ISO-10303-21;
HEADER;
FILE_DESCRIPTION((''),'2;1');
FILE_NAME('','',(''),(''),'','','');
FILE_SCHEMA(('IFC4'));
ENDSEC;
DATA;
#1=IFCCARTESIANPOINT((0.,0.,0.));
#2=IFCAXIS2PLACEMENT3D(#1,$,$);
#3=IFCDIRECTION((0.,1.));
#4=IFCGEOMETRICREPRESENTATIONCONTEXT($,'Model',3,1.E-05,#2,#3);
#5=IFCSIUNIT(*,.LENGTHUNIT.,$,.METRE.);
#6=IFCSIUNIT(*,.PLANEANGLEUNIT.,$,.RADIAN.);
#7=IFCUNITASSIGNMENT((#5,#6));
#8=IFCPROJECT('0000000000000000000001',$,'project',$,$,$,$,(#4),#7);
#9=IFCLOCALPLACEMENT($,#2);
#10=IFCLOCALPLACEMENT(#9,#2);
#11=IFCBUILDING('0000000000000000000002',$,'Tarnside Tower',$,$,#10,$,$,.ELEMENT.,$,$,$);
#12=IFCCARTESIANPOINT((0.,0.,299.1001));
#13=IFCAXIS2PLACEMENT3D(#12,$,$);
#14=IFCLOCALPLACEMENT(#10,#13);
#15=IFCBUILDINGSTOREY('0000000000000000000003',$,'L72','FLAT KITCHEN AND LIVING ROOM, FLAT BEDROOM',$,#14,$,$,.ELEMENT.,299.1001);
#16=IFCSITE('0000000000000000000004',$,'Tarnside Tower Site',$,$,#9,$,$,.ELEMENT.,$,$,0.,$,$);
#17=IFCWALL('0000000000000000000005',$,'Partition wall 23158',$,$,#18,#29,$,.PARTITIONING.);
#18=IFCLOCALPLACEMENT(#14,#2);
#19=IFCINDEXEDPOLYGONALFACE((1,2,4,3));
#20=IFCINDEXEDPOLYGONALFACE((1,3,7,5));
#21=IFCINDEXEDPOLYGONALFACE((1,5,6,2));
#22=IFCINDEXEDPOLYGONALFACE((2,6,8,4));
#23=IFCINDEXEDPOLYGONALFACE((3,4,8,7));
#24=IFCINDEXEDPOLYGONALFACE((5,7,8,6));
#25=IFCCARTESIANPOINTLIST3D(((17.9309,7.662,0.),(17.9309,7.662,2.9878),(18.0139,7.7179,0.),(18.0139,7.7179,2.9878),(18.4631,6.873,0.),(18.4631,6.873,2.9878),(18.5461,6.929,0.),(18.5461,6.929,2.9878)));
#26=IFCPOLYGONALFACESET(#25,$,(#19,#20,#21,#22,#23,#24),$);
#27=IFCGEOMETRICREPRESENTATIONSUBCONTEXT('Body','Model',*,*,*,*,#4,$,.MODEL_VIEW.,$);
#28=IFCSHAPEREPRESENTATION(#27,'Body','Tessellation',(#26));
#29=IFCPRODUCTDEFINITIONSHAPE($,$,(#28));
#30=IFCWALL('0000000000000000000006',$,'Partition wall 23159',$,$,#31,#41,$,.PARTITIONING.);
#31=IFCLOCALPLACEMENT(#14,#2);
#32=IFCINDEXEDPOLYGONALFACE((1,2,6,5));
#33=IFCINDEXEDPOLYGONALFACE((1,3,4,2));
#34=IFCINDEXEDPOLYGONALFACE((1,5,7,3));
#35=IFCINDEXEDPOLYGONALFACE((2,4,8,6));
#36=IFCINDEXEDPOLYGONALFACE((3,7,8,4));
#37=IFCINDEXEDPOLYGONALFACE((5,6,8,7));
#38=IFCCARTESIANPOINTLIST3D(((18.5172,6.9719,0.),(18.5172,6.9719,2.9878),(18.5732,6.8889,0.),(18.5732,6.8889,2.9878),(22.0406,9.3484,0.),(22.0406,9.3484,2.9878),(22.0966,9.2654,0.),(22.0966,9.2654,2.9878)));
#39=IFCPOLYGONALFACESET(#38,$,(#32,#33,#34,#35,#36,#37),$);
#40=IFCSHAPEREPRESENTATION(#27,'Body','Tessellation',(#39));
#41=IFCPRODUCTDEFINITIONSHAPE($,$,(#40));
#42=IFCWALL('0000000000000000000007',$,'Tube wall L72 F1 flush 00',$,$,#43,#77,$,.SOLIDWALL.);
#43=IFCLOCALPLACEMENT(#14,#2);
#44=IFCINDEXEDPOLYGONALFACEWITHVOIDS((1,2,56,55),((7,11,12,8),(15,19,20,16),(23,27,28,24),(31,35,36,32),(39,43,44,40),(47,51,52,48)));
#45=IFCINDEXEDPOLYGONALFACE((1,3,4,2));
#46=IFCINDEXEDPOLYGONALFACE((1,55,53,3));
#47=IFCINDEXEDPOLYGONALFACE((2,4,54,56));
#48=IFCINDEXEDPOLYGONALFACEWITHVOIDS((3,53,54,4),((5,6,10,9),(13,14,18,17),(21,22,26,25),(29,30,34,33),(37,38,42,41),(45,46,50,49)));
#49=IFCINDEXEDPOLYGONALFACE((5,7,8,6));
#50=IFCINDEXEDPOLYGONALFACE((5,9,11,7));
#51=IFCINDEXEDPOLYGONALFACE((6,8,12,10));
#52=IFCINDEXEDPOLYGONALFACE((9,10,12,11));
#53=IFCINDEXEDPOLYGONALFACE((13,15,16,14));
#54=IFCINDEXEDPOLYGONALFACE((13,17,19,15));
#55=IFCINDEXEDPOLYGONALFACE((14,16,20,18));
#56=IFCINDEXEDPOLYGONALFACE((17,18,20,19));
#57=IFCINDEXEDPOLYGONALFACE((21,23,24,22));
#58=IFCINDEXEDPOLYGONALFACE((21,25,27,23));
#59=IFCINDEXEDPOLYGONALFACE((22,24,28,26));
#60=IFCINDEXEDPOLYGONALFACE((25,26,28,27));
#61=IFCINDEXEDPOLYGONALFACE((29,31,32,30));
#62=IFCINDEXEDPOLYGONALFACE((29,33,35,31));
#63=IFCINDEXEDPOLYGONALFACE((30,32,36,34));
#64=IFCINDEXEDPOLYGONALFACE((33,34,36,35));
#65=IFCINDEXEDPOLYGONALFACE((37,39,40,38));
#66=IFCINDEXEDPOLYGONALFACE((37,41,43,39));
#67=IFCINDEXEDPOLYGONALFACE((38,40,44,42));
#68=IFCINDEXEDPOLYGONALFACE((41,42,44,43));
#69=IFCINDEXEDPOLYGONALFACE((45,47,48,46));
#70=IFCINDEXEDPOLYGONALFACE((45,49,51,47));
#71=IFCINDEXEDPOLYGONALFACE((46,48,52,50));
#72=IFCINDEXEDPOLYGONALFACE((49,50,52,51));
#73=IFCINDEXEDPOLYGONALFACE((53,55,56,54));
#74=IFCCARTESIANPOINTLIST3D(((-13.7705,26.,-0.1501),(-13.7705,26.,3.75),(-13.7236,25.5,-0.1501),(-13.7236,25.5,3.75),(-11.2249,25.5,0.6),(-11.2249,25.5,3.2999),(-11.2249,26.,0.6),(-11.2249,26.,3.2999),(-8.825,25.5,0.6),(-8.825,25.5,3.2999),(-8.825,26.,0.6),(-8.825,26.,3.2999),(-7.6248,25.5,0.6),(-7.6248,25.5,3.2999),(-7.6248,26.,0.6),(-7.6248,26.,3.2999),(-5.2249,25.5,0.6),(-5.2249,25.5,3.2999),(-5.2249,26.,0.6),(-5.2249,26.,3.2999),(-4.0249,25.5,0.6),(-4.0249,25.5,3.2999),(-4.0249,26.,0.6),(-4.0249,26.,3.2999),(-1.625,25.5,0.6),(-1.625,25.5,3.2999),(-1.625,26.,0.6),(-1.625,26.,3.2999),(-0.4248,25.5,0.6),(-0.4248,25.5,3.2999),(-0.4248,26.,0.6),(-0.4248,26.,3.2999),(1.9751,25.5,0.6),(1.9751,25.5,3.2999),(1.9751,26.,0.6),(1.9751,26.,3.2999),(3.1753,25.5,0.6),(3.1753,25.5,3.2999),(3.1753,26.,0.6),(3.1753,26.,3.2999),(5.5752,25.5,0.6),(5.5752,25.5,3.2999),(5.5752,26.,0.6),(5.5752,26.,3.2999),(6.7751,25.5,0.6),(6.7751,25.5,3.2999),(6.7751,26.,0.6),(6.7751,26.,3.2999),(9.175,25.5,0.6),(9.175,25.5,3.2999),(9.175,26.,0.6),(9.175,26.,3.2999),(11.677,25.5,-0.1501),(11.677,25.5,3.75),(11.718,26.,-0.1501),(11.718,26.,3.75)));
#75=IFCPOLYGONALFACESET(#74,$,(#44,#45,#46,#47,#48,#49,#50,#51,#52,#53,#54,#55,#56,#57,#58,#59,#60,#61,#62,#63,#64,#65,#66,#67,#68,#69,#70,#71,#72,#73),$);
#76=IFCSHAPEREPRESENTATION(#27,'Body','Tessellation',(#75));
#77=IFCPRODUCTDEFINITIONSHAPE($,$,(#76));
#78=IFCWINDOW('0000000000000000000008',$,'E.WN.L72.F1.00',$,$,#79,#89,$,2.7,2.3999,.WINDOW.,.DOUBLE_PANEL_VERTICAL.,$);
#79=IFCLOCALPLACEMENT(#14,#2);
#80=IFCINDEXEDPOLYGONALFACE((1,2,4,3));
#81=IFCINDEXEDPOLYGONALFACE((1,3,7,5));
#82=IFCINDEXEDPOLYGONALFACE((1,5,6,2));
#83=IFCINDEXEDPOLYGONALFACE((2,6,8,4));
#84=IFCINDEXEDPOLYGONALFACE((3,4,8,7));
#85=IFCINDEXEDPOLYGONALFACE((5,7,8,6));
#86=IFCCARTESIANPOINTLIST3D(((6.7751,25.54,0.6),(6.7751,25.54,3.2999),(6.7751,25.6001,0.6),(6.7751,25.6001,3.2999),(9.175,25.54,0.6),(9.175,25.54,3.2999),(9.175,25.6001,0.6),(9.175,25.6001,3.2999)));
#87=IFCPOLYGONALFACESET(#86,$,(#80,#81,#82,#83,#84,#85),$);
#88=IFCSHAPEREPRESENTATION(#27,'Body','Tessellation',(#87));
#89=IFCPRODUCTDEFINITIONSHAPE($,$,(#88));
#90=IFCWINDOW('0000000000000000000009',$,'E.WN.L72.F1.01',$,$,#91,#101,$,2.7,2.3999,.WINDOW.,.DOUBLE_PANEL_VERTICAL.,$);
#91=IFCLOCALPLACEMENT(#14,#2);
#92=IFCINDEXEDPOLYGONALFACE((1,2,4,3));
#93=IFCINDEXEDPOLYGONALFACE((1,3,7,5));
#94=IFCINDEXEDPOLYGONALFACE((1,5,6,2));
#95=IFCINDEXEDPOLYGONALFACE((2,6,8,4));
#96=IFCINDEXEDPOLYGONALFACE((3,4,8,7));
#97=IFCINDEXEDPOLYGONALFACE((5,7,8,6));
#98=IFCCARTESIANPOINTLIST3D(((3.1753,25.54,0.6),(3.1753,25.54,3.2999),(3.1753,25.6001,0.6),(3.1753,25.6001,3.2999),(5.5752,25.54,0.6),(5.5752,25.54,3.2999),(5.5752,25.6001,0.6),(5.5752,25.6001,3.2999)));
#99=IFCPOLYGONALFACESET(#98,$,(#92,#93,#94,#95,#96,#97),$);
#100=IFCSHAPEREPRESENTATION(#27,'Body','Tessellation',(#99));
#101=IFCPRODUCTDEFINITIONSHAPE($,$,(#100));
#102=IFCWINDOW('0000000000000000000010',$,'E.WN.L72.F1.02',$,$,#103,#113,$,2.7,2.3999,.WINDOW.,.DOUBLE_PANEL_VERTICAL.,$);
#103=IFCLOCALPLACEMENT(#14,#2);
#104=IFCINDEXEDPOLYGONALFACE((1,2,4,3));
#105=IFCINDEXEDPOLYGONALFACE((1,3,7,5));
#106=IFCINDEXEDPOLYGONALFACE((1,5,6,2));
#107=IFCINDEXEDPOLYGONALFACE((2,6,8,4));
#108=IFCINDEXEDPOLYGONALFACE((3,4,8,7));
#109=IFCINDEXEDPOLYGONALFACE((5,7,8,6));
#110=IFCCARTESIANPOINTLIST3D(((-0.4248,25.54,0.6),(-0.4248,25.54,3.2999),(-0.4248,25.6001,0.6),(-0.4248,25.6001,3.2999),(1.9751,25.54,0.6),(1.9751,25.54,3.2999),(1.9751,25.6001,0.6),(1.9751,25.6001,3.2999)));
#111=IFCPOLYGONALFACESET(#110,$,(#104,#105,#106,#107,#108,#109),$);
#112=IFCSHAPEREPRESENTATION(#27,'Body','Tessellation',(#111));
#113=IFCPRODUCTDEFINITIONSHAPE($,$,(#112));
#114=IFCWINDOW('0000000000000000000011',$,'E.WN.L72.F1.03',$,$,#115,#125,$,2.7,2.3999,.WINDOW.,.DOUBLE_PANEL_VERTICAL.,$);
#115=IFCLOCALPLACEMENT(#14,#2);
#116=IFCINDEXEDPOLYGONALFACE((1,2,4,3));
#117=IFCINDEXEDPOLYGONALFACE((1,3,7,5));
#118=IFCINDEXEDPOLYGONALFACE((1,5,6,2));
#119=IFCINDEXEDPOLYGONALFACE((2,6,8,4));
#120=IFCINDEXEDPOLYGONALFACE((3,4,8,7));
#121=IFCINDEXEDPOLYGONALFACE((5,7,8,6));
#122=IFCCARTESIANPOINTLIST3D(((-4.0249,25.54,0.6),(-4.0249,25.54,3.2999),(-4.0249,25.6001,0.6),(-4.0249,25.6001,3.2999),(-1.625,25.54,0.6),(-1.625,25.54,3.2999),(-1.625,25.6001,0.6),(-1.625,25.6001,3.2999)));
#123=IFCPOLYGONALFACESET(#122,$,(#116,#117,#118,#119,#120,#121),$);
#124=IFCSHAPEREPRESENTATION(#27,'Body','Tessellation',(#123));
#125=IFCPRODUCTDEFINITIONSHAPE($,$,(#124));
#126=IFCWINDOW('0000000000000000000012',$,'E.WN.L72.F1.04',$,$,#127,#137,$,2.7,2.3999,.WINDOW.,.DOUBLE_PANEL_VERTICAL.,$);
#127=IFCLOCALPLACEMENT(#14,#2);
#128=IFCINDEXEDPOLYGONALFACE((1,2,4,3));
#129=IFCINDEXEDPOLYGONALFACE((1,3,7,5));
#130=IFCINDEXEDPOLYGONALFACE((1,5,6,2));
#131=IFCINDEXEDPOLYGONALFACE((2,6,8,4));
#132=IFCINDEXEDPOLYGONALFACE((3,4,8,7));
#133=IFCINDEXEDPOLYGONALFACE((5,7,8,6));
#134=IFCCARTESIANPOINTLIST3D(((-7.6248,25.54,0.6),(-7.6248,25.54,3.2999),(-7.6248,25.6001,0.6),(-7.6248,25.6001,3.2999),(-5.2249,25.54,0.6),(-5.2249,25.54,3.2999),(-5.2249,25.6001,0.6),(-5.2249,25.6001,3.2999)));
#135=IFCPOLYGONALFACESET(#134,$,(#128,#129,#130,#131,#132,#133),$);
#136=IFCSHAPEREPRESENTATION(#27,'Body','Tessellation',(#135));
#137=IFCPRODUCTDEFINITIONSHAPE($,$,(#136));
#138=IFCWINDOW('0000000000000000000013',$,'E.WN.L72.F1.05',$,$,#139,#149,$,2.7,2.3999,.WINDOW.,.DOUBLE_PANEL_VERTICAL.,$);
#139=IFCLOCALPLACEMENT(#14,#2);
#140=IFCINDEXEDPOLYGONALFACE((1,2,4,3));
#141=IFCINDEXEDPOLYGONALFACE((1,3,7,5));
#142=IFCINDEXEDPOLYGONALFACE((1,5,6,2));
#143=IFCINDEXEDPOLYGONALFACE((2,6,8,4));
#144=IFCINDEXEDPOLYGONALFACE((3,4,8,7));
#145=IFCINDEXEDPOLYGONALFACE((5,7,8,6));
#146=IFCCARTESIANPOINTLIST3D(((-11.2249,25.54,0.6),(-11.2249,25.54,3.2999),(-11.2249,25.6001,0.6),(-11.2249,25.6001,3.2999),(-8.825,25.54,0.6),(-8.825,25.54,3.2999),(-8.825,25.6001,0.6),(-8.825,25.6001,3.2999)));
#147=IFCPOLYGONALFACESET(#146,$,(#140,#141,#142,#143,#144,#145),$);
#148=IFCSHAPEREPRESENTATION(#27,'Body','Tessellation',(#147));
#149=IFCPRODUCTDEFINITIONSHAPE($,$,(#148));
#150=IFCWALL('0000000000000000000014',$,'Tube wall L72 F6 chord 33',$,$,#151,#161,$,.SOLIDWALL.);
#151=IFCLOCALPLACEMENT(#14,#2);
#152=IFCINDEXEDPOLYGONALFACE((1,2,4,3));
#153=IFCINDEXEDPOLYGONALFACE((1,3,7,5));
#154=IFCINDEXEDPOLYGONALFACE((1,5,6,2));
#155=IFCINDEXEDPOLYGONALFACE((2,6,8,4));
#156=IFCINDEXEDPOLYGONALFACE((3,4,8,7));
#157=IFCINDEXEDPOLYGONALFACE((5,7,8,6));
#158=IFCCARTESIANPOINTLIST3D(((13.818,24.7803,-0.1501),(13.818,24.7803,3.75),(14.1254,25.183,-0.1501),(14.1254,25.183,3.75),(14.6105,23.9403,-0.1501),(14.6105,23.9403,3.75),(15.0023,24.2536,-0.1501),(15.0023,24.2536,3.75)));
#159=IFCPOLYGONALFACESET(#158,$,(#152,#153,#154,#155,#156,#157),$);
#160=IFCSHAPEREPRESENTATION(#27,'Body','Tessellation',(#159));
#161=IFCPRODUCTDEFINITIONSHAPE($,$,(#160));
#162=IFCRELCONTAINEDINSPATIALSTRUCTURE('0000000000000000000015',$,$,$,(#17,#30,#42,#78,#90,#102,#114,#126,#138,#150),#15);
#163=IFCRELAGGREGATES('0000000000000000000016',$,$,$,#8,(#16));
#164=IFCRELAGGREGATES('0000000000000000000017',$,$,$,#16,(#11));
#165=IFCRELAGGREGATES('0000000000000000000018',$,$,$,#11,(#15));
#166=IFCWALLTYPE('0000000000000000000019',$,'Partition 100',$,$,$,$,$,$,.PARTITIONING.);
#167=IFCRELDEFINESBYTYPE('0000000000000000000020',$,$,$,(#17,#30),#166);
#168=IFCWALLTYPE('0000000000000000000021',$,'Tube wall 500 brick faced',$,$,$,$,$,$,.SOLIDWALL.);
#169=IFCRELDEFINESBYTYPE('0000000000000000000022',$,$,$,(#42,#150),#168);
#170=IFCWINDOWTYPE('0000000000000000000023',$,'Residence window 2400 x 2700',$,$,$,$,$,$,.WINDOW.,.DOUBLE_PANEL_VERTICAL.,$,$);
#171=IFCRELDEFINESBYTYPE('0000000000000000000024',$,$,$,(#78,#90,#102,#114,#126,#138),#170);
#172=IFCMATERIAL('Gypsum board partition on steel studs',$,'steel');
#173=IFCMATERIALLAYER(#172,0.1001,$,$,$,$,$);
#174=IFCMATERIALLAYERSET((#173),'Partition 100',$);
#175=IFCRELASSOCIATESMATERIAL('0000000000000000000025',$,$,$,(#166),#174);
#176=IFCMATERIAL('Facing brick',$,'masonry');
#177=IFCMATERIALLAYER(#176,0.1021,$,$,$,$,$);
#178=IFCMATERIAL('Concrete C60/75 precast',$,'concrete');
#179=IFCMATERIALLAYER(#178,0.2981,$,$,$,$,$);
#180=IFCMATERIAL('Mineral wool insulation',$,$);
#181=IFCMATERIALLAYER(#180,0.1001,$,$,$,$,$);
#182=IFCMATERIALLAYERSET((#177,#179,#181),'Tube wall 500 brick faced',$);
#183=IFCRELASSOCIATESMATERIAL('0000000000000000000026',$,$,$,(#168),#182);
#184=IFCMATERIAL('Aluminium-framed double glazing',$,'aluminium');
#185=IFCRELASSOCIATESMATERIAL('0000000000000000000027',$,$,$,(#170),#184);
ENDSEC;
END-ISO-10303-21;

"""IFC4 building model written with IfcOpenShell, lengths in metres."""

from ifc_helpers import new_model, si_unit, direction, frame, frame_2d, origin, place, context, subcontext, project, spatial, polyline, rectangle, outline, extrude, material, layer, layer_set, type_object, element, fill, save


model = new_model("IFC4")

# Units and contexts
model_context = context("Model", 3, precision=1e-05, world=origin(), true_north=direction((0.0, 1.0)))
body_context = subcontext(model_context, "Body", "Model", "MODEL_VIEW")
ifc_project = project(units=[si_unit("LENGTHUNIT", "METRE"), si_unit("PLANEANGLEUNIT", "RADIAN")], contexts=[model_context])

# Site, building, storey
site_placement = place(None, origin())
site = spatial("IfcSite", under=ifc_project, at=site_placement, Name="Tarnside Tower Site", CompositionType="ELEMENT", RefElevation=0.0)
building_placement = place(site_placement, origin())
building = spatial("IfcBuilding", under=site, at=building_placement, Name="Tarnside Tower", CompositionType="ELEMENT")
storey_placement = place(building_placement, frame((0.0, 0.0, 299.1001)))
storey = spatial("IfcBuildingStorey", under=building, at=storey_placement, Name="L72", Description="FLAT KITCHEN AND LIVING ROOM, FLAT BEDROOM", CompositionType="ELEMENT", Elevation=299.1001)

# Walls
ifc_material_1 = material(Name="Gypsum board partition on steel studs", Category="steel")
ifc_material_2 = material(Name="Concrete C60/75 precast", Category="concrete")
ifc_material_3 = material(Name="Mineral wool insulation")
ifc_layer_1 = layer(ifc_material_1, 0.1001)
ifc_layer_set_1 = layer_set([ifc_layer_1], Name="Partition 100")
wall_type_1 = type_object("IfcWallType", Name="Partition 100", PredefinedType="PARTITIONING", material=ifc_layer_set_1)
wall_1_placement = place(storey_placement, frame((17.9724, 7.6899, 0.0), z_axis=(0.0, 0.0, 1.0), x_axis=(0.559191, -0.829039, 0.0)))
element("IfcWall", 1, at=wall_1_placement, inside=storey, type_object=wall_type_1, Name="Partition wall 23158", PredefinedType="PARTITIONING", context=body_context, shape_type="SweptSolid", body=[
    extrude(rectangle(XDim=0.9517, YDim=0.1001, at=frame_2d((0.4758, 0.0))), origin(), (0.0, 0.0, 1.0), 2.9878),
])
wall_2_placement = place(storey_placement, frame((18.5452, 6.9304, 0.0), z_axis=(0.0, 0.0, 1.0), x_axis=(0.829051, 0.559173, 0.0)))
element("IfcWall", 2, at=wall_2_placement, inside=storey, type_object=wall_type_1, Name="Partition wall 23159", PredefinedType="PARTITIONING", context=body_context, shape_type="SweptSolid", body=[
    extrude(rectangle(XDim=4.25, YDim=0.1001, at=frame_2d((2.125, 0.0))), origin(), (0.0, 0.0, 1.0), 2.9878),
])

# Wall, openings, windows
ifc_material_4 = material(Name="Facing brick", Category="masonry")
ifc_layer_2 = layer(ifc_material_4, 0.1021)
ifc_layer_3 = layer(ifc_material_2, 0.2981)
ifc_layer_4 = layer(ifc_material_3, 0.1001)
ifc_layer_set_2 = layer_set([ifc_layer_2, ifc_layer_3, ifc_layer_4], Name="Tube wall 500 brick faced")
wall_type_2 = type_object("IfcWallType", Name="Tube wall 500 brick faced", PredefinedType="SOLIDWALL", material=ifc_layer_set_2)
wall_3_placement = place(storey_placement, frame((11.6975, 25.75, -0.1501), z_axis=(0.0, 0.0, 1.0), x_axis=(-1.0, 0.0, 0.0)))
wall_3 = element("IfcWall", 3, at=wall_3_placement, inside=storey, type_object=wall_type_2, Name="Tube wall L72 F1 flush 00", PredefinedType="SOLIDWALL", context=body_context, shape_type="SweptSolid", body=[
    extrude(outline(polyline([(-0.0205, -0.25), (25.468, -0.25), (25.4211, 0.25), (0.0205, 0.25), (-0.0205, -0.25)])), origin(), (0.0, 0.0, 1.0), 3.9001),
])
opening_1_placement = place(wall_3_placement, frame((2.5225, 0.0, 0.75)))
opening_1 = element("IfcOpeningElement", 4, at=opening_1_placement, cuts=wall_3, PredefinedType="OPENING", context=body_context, shape_type="SweptSolid", body=[
    extrude(rectangle(XDim=2.3999, YDim=2.7, at=frame_2d((1.2, 1.3501))), frame((0.0, 0.26, 0.0), z_axis=(0.0, -1.0, 0.0), x_axis=(1.0, 0.0, 0.0)), (0.0, 0.0, 1.0), 0.52),
])
opening_2_placement = place(wall_3_placement, frame((6.1223, 0.0, 0.75)))
opening_2 = element("IfcOpeningElement", 5, at=opening_2_placement, cuts=wall_3, PredefinedType="OPENING", context=body_context, shape_type="SweptSolid", body=[
    extrude(rectangle(XDim=2.3999, YDim=2.7, at=frame_2d((1.2, 1.3501))), frame((0.0, 0.26, 0.0), z_axis=(0.0, -1.0, 0.0), x_axis=(1.0, 0.0, 0.0)), (0.0, 0.0, 1.0), 0.52),
])
opening_3_placement = place(wall_3_placement, frame((9.7224, 0.0, 0.75)))
opening_3 = element("IfcOpeningElement", 6, at=opening_3_placement, cuts=wall_3, PredefinedType="OPENING", context=body_context, shape_type="SweptSolid", body=[
    extrude(rectangle(XDim=2.3999, YDim=2.7, at=frame_2d((1.2, 1.3501))), frame((0.0, 0.26, 0.0), z_axis=(0.0, -1.0, 0.0), x_axis=(1.0, 0.0, 0.0)), (0.0, 0.0, 1.0), 0.52),
])
opening_4_placement = place(wall_3_placement, frame((13.3225, 0.0, 0.75)))
opening_4 = element("IfcOpeningElement", 7, at=opening_4_placement, cuts=wall_3, PredefinedType="OPENING", context=body_context, shape_type="SweptSolid", body=[
    extrude(rectangle(XDim=2.3999, YDim=2.7, at=frame_2d((1.2, 1.3501))), frame((0.0, 0.26, 0.0), z_axis=(0.0, -1.0, 0.0), x_axis=(1.0, 0.0, 0.0)), (0.0, 0.0, 1.0), 0.52),
])
opening_5_placement = place(wall_3_placement, frame((16.9224, 0.0, 0.75)))
opening_5 = element("IfcOpeningElement", 8, at=opening_5_placement, cuts=wall_3, PredefinedType="OPENING", context=body_context, shape_type="SweptSolid", body=[
    extrude(rectangle(XDim=2.3999, YDim=2.7, at=frame_2d((1.2, 1.3501))), frame((0.0, 0.26, 0.0), z_axis=(0.0, -1.0, 0.0), x_axis=(1.0, 0.0, 0.0)), (0.0, 0.0, 1.0), 0.52),
])
opening_6_placement = place(wall_3_placement, frame((20.5225, 0.0, 0.75)))
opening_6 = element("IfcOpeningElement", 9, at=opening_6_placement, cuts=wall_3, PredefinedType="OPENING", context=body_context, shape_type="SweptSolid", body=[
    extrude(rectangle(XDim=2.3999, YDim=2.7, at=frame_2d((1.2, 1.3501))), frame((0.0, 0.26, 0.0), z_axis=(0.0, -1.0, 0.0), x_axis=(1.0, 0.0, 0.0)), (0.0, 0.0, 1.0), 0.52),
])
ifc_material_5 = material(Name="Aluminium-framed double glazing", Category="aluminium")
window_type = type_object("IfcWindowType", Name="Residence window 2400 x 2700", PartitioningType="DOUBLE_PANEL_VERTICAL", PredefinedType="WINDOW", material=ifc_material_5)
window_1_placement = place(opening_1_placement, frame((0.0, 0.1799, 0.0)))
window_1 = element("IfcWindow", 10, at=window_1_placement, inside=storey, type_object=window_type, Name="E.WN.L72.F1.00", OverallHeight=2.7, OverallWidth=2.3999, PartitioningType="DOUBLE_PANEL_VERTICAL", PredefinedType="WINDOW", context=body_context, shape_type="SweptSolid", body=[
    extrude(rectangle(XDim=2.3999, YDim=2.7, at=frame_2d((1.2, 1.3501))), frame((0.0, 0.03, 0.0), z_axis=(0.0, -1.0, 0.0), x_axis=(1.0, 0.0, 0.0)), (0.0, 0.0, 1.0), 0.0601),
])
fill(opening_1, window_1)
window_2_placement = place(opening_2_placement, frame((0.0, 0.1799, 0.0)))
window_2 = element("IfcWindow", 11, at=window_2_placement, inside=storey, type_object=window_type, Name="E.WN.L72.F1.01", OverallHeight=2.7, OverallWidth=2.3999, PartitioningType="DOUBLE_PANEL_VERTICAL", PredefinedType="WINDOW", context=body_context, shape_type="SweptSolid", body=[
    extrude(rectangle(XDim=2.3999, YDim=2.7, at=frame_2d((1.2, 1.3501))), frame((0.0, 0.03, 0.0), z_axis=(0.0, -1.0, 0.0), x_axis=(1.0, 0.0, 0.0)), (0.0, 0.0, 1.0), 0.0601),
])
fill(opening_2, window_2)
window_3_placement = place(opening_3_placement, frame((0.0, 0.1799, 0.0)))
window_3 = element("IfcWindow", 12, at=window_3_placement, inside=storey, type_object=window_type, Name="E.WN.L72.F1.02", OverallHeight=2.7, OverallWidth=2.3999, PartitioningType="DOUBLE_PANEL_VERTICAL", PredefinedType="WINDOW", context=body_context, shape_type="SweptSolid", body=[
    extrude(rectangle(XDim=2.3999, YDim=2.7, at=frame_2d((1.2, 1.3501))), frame((0.0, 0.03, 0.0), z_axis=(0.0, -1.0, 0.0), x_axis=(1.0, 0.0, 0.0)), (0.0, 0.0, 1.0), 0.0601),
])
fill(opening_3, window_3)
window_4_placement = place(opening_4_placement, frame((0.0, 0.1799, 0.0)))
window_4 = element("IfcWindow", 13, at=window_4_placement, inside=storey, type_object=window_type, Name="E.WN.L72.F1.03", OverallHeight=2.7, OverallWidth=2.3999, PartitioningType="DOUBLE_PANEL_VERTICAL", PredefinedType="WINDOW", context=body_context, shape_type="SweptSolid", body=[
    extrude(rectangle(XDim=2.3999, YDim=2.7, at=frame_2d((1.2, 1.3501))), frame((0.0, 0.03, 0.0), z_axis=(0.0, -1.0, 0.0), x_axis=(1.0, 0.0, 0.0)), (0.0, 0.0, 1.0), 0.0601),
])
fill(opening_4, window_4)
window_5_placement = place(opening_5_placement, frame((0.0, 0.1799, 0.0)))
window_5 = element("IfcWindow", 14, at=window_5_placement, inside=storey, type_object=window_type, Name="E.WN.L72.F1.04", OverallHeight=2.7, OverallWidth=2.3999, PartitioningType="DOUBLE_PANEL_VERTICAL", PredefinedType="WINDOW", context=body_context, shape_type="SweptSolid", body=[
    extrude(rectangle(XDim=2.3999, YDim=2.7, at=frame_2d((1.2, 1.3501))), frame((0.0, 0.03, 0.0), z_axis=(0.0, -1.0, 0.0), x_axis=(1.0, 0.0, 0.0)), (0.0, 0.0, 1.0), 0.0601),
])
fill(opening_5, window_5)
window_6_placement = place(opening_6_placement, frame((0.0, 0.1799, 0.0)))
window_6 = element("IfcWindow", 15, at=window_6_placement, inside=storey, type_object=window_type, Name="E.WN.L72.F1.05", OverallHeight=2.7, OverallWidth=2.3999, PartitioningType="DOUBLE_PANEL_VERTICAL", PredefinedType="WINDOW", context=body_context, shape_type="SweptSolid", body=[
    extrude(rectangle(XDim=2.3999, YDim=2.7, at=frame_2d((1.2, 1.3501))), frame((0.0, 0.03, 0.0), z_axis=(0.0, -1.0, 0.0), x_axis=(1.0, 0.0, 0.0)), (0.0, 0.0, 1.0), 0.0601),
])
fill(opening_6, window_6)

# Wall
wall_4_placement = place(storey_placement, frame((14.8064, 24.0969, -0.1501), z_axis=(0.0, 0.0, 1.0), x_axis=(-0.686234, 0.72738, 0.0)))
element("IfcWall", 16, at=wall_4_placement, inside=storey, type_object=wall_type_2, Name="Tube wall L72 F6 chord 33", PredefinedType="SOLIDWALL", context=body_context, shape_type="SweptSolid", body=[
    extrude(outline(polyline([(-0.0205, -0.25), (1.2573, -0.25), (1.1753, 0.25), (0.0205, 0.25), (-0.0205, -0.25)])), origin(), (0.0, 0.0, 1.0), 3.9001),
])

save(model, "model.ifc")
